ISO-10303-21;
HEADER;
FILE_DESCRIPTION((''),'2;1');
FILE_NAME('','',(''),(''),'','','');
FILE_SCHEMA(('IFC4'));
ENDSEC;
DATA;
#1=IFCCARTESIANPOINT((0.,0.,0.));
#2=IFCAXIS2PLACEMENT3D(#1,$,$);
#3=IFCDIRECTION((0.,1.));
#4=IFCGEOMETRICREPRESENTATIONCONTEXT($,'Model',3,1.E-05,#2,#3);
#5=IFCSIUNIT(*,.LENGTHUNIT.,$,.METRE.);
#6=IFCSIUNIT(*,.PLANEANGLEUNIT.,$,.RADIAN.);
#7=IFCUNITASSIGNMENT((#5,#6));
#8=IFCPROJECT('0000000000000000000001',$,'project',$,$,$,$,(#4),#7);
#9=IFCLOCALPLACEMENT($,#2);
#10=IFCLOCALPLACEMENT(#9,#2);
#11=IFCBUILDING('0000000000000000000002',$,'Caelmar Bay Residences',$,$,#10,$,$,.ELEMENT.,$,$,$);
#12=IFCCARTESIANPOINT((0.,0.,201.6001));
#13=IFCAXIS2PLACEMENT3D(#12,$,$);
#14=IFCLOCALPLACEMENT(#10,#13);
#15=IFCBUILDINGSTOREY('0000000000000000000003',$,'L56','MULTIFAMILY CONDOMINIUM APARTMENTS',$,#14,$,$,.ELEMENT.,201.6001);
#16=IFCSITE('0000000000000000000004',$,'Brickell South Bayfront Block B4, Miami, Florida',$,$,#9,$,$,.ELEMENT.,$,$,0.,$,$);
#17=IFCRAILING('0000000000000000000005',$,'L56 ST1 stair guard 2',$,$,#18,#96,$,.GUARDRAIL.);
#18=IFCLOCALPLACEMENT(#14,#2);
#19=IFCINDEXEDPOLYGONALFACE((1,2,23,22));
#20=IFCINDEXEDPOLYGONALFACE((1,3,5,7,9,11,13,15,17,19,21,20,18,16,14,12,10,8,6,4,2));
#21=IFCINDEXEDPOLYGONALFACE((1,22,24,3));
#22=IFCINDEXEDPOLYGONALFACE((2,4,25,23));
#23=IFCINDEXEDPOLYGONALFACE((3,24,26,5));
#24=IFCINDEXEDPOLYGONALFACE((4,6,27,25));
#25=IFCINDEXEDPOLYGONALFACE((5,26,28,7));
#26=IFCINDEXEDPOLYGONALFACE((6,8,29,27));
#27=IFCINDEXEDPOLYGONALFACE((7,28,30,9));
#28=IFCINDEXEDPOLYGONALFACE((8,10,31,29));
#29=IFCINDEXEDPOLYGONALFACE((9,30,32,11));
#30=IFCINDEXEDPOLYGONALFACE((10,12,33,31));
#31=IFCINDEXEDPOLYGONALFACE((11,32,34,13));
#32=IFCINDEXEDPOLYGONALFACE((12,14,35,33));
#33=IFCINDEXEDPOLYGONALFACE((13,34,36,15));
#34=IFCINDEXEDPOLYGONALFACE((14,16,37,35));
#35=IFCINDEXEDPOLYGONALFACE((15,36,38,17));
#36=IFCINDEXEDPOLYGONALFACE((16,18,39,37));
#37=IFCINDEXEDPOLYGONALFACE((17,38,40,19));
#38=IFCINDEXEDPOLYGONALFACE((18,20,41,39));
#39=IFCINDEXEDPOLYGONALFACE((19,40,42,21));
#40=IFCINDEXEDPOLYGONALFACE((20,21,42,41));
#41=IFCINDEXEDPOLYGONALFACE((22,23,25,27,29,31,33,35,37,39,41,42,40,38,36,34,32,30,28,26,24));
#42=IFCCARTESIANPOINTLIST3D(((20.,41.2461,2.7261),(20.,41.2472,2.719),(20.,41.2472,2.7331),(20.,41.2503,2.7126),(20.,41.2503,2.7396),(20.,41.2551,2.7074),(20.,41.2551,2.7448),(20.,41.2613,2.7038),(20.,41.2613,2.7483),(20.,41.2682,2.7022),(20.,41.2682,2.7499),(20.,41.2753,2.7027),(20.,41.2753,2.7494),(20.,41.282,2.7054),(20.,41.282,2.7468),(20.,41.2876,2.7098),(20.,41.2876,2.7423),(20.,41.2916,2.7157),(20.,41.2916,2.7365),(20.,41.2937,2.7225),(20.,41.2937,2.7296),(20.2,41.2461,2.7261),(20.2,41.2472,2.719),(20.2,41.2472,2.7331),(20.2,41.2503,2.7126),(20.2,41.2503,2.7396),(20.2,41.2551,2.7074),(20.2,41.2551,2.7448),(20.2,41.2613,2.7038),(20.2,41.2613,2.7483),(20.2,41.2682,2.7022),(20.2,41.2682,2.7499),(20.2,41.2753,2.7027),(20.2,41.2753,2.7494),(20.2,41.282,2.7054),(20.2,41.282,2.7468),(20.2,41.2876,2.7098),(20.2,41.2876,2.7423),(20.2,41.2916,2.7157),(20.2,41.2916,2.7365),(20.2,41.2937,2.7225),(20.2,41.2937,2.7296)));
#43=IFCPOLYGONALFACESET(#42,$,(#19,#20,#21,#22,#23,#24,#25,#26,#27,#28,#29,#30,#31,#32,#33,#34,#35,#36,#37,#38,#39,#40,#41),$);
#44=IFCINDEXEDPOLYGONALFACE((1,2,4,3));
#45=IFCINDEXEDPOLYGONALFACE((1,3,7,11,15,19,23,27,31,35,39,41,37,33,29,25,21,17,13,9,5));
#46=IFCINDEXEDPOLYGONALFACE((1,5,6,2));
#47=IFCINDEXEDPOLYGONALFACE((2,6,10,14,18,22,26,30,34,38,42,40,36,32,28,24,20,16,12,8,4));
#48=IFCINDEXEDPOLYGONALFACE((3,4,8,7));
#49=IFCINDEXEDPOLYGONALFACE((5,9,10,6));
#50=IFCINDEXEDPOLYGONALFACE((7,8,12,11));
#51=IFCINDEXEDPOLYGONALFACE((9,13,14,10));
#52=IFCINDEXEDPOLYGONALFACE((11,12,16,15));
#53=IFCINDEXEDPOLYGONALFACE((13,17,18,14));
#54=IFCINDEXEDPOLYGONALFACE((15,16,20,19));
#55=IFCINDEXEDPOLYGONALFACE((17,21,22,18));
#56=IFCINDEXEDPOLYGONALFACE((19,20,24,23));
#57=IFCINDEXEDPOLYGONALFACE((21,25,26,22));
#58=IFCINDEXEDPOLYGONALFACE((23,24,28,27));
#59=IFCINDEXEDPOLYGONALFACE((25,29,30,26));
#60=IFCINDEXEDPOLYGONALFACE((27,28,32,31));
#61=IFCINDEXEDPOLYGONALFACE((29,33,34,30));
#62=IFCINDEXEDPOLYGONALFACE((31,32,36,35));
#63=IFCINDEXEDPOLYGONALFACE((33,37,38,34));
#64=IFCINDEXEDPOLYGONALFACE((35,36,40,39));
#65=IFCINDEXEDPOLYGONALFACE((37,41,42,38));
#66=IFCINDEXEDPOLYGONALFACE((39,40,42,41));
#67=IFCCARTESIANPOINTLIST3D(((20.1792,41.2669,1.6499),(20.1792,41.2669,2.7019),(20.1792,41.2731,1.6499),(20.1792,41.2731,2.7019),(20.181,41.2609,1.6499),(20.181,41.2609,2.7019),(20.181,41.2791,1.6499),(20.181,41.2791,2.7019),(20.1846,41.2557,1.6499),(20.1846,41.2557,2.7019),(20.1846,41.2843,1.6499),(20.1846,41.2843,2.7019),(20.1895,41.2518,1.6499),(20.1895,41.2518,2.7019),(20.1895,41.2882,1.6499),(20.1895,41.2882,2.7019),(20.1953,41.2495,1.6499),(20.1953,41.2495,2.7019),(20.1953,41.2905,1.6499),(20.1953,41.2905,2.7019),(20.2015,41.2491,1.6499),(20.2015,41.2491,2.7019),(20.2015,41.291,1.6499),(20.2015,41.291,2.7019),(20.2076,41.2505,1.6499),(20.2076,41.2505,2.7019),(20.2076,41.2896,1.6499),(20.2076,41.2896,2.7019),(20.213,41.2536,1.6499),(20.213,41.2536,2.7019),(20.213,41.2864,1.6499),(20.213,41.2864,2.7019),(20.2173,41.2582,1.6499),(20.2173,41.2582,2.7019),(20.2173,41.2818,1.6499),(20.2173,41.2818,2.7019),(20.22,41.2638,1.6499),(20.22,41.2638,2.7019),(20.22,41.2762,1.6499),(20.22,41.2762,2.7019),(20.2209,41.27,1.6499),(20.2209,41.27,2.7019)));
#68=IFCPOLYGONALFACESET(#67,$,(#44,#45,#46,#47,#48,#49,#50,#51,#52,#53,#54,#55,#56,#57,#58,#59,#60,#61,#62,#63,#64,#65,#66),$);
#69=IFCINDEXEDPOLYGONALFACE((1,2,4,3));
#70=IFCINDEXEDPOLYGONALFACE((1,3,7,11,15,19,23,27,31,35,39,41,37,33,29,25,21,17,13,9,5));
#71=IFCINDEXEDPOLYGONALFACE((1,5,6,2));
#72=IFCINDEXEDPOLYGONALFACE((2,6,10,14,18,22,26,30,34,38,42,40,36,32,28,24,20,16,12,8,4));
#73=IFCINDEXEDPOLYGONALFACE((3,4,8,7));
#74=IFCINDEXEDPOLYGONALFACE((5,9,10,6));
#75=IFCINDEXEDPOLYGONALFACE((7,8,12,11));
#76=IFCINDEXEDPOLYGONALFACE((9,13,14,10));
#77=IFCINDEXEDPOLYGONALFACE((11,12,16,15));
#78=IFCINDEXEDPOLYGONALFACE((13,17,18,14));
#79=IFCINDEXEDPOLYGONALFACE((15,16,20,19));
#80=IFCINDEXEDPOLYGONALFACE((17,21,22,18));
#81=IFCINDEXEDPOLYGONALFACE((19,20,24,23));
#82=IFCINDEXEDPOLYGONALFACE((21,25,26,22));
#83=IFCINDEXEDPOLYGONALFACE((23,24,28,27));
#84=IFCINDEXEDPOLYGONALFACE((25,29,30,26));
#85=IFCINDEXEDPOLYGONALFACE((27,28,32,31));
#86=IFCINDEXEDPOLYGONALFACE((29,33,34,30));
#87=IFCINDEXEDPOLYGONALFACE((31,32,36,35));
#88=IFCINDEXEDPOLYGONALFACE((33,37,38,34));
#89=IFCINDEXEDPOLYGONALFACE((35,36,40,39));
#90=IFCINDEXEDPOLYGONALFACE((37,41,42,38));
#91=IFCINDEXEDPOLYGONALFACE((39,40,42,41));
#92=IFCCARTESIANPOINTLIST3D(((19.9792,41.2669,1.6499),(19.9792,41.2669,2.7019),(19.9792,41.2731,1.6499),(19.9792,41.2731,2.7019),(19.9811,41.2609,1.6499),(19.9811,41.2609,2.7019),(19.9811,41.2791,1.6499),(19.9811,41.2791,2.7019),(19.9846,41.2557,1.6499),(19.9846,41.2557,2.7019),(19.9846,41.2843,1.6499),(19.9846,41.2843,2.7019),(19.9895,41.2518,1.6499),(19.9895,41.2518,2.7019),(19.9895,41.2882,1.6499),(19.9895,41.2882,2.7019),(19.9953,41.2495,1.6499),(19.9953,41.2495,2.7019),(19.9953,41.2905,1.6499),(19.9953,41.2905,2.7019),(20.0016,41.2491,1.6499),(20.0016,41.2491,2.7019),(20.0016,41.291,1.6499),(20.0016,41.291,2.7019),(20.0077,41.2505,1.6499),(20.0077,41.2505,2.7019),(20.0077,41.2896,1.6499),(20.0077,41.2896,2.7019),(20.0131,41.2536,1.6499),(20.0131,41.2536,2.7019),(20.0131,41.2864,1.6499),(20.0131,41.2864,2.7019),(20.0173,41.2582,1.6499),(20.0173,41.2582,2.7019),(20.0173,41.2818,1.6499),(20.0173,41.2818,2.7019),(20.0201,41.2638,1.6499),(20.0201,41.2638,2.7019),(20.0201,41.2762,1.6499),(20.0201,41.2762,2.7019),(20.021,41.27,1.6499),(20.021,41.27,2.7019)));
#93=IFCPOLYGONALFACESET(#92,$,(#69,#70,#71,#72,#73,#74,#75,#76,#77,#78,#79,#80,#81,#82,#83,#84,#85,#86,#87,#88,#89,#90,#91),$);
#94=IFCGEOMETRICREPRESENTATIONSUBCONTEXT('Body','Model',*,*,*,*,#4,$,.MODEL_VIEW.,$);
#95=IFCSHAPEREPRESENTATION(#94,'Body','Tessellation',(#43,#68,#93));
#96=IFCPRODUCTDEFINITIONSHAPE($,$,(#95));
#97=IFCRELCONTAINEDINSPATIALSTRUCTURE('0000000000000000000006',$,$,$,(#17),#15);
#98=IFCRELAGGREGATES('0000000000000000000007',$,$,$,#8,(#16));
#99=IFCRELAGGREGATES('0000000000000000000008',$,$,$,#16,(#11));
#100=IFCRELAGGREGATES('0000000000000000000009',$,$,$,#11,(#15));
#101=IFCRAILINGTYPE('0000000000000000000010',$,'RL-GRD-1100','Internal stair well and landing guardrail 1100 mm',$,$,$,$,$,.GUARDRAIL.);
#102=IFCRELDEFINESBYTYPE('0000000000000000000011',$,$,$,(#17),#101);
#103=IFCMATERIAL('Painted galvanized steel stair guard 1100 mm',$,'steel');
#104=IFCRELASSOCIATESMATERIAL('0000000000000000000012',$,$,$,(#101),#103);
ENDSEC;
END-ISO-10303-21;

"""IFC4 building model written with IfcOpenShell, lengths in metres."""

from ifc_helpers import new_model, si_unit, direction, frame, origin, origin_2d, place, context, subcontext, project, spatial, circle, extrude, material, type_object, element, save


model = new_model("IFC4")

# Units and contexts
model_context = context("Model", 3, precision=1e-05, world=origin(), true_north=direction((0.0, 1.0)))
body_context = subcontext(model_context, "Body", "Model", "MODEL_VIEW")
ifc_project = project(units=[si_unit("LENGTHUNIT", "METRE"), si_unit("PLANEANGLEUNIT", "RADIAN")], contexts=[model_context])

# Site, building, storey
site_placement = place(None, origin())
site = spatial("IfcSite", under=ifc_project, at=site_placement, Name="Brickell South Bayfront Block B4, Miami, Florida", CompositionType="ELEMENT", RefElevation=0.0)
building_placement = place(site_placement, origin())
building = spatial("IfcBuilding", under=site, at=building_placement, Name="Caelmar Bay Residences", CompositionType="ELEMENT")
storey_placement = place(building_placement, frame((0.0, 0.0, 201.6001)))
storey = spatial("IfcBuildingStorey", under=building, at=storey_placement, Name="L56", Description="MULTIFAMILY CONDOMINIUM APARTMENTS", CompositionType="ELEMENT", Elevation=201.6001)

# Railing
ifc_material_1 = material(Name="Painted galvanized steel stair guard 1100 mm", Category="steel")
railing_type_1 = type_object("IfcRailingType", Name="RL-GRD-1100", Description="Internal stair well and landing guardrail 1100 mm", PredefinedType="GUARDRAIL", material=ifc_material_1)
railing_1_placement = place(storey_placement, frame((20.2, 41.27, 1.6499)))
element("IfcRailing", 1, at=railing_1_placement, inside=storey, type_object=railing_type_1, Name="L56 ST1 stair guard 2", PredefinedType="GUARDRAIL", context=body_context, shape_type="SweptSolid", body=[
    extrude(circle(Radius=0.0239, at=origin_2d()), frame((0.0, 0.0, 1.0762), z_axis=(-1.0, 0.0, 0.0), x_axis=(0.0, -1.0, 0.0)), (0.0, 0.0, 1.0), 0.2),
    extrude(circle(Radius=0.021, at=origin_2d()), origin(), (0.0, 0.0, 1.0), 1.052),
    extrude(circle(Radius=0.021, at=origin_2d()), frame((-0.2, 0.0, 0.0)), (0.0, 0.0, 1.0), 1.052),
])

save(model, "model.ifc")
